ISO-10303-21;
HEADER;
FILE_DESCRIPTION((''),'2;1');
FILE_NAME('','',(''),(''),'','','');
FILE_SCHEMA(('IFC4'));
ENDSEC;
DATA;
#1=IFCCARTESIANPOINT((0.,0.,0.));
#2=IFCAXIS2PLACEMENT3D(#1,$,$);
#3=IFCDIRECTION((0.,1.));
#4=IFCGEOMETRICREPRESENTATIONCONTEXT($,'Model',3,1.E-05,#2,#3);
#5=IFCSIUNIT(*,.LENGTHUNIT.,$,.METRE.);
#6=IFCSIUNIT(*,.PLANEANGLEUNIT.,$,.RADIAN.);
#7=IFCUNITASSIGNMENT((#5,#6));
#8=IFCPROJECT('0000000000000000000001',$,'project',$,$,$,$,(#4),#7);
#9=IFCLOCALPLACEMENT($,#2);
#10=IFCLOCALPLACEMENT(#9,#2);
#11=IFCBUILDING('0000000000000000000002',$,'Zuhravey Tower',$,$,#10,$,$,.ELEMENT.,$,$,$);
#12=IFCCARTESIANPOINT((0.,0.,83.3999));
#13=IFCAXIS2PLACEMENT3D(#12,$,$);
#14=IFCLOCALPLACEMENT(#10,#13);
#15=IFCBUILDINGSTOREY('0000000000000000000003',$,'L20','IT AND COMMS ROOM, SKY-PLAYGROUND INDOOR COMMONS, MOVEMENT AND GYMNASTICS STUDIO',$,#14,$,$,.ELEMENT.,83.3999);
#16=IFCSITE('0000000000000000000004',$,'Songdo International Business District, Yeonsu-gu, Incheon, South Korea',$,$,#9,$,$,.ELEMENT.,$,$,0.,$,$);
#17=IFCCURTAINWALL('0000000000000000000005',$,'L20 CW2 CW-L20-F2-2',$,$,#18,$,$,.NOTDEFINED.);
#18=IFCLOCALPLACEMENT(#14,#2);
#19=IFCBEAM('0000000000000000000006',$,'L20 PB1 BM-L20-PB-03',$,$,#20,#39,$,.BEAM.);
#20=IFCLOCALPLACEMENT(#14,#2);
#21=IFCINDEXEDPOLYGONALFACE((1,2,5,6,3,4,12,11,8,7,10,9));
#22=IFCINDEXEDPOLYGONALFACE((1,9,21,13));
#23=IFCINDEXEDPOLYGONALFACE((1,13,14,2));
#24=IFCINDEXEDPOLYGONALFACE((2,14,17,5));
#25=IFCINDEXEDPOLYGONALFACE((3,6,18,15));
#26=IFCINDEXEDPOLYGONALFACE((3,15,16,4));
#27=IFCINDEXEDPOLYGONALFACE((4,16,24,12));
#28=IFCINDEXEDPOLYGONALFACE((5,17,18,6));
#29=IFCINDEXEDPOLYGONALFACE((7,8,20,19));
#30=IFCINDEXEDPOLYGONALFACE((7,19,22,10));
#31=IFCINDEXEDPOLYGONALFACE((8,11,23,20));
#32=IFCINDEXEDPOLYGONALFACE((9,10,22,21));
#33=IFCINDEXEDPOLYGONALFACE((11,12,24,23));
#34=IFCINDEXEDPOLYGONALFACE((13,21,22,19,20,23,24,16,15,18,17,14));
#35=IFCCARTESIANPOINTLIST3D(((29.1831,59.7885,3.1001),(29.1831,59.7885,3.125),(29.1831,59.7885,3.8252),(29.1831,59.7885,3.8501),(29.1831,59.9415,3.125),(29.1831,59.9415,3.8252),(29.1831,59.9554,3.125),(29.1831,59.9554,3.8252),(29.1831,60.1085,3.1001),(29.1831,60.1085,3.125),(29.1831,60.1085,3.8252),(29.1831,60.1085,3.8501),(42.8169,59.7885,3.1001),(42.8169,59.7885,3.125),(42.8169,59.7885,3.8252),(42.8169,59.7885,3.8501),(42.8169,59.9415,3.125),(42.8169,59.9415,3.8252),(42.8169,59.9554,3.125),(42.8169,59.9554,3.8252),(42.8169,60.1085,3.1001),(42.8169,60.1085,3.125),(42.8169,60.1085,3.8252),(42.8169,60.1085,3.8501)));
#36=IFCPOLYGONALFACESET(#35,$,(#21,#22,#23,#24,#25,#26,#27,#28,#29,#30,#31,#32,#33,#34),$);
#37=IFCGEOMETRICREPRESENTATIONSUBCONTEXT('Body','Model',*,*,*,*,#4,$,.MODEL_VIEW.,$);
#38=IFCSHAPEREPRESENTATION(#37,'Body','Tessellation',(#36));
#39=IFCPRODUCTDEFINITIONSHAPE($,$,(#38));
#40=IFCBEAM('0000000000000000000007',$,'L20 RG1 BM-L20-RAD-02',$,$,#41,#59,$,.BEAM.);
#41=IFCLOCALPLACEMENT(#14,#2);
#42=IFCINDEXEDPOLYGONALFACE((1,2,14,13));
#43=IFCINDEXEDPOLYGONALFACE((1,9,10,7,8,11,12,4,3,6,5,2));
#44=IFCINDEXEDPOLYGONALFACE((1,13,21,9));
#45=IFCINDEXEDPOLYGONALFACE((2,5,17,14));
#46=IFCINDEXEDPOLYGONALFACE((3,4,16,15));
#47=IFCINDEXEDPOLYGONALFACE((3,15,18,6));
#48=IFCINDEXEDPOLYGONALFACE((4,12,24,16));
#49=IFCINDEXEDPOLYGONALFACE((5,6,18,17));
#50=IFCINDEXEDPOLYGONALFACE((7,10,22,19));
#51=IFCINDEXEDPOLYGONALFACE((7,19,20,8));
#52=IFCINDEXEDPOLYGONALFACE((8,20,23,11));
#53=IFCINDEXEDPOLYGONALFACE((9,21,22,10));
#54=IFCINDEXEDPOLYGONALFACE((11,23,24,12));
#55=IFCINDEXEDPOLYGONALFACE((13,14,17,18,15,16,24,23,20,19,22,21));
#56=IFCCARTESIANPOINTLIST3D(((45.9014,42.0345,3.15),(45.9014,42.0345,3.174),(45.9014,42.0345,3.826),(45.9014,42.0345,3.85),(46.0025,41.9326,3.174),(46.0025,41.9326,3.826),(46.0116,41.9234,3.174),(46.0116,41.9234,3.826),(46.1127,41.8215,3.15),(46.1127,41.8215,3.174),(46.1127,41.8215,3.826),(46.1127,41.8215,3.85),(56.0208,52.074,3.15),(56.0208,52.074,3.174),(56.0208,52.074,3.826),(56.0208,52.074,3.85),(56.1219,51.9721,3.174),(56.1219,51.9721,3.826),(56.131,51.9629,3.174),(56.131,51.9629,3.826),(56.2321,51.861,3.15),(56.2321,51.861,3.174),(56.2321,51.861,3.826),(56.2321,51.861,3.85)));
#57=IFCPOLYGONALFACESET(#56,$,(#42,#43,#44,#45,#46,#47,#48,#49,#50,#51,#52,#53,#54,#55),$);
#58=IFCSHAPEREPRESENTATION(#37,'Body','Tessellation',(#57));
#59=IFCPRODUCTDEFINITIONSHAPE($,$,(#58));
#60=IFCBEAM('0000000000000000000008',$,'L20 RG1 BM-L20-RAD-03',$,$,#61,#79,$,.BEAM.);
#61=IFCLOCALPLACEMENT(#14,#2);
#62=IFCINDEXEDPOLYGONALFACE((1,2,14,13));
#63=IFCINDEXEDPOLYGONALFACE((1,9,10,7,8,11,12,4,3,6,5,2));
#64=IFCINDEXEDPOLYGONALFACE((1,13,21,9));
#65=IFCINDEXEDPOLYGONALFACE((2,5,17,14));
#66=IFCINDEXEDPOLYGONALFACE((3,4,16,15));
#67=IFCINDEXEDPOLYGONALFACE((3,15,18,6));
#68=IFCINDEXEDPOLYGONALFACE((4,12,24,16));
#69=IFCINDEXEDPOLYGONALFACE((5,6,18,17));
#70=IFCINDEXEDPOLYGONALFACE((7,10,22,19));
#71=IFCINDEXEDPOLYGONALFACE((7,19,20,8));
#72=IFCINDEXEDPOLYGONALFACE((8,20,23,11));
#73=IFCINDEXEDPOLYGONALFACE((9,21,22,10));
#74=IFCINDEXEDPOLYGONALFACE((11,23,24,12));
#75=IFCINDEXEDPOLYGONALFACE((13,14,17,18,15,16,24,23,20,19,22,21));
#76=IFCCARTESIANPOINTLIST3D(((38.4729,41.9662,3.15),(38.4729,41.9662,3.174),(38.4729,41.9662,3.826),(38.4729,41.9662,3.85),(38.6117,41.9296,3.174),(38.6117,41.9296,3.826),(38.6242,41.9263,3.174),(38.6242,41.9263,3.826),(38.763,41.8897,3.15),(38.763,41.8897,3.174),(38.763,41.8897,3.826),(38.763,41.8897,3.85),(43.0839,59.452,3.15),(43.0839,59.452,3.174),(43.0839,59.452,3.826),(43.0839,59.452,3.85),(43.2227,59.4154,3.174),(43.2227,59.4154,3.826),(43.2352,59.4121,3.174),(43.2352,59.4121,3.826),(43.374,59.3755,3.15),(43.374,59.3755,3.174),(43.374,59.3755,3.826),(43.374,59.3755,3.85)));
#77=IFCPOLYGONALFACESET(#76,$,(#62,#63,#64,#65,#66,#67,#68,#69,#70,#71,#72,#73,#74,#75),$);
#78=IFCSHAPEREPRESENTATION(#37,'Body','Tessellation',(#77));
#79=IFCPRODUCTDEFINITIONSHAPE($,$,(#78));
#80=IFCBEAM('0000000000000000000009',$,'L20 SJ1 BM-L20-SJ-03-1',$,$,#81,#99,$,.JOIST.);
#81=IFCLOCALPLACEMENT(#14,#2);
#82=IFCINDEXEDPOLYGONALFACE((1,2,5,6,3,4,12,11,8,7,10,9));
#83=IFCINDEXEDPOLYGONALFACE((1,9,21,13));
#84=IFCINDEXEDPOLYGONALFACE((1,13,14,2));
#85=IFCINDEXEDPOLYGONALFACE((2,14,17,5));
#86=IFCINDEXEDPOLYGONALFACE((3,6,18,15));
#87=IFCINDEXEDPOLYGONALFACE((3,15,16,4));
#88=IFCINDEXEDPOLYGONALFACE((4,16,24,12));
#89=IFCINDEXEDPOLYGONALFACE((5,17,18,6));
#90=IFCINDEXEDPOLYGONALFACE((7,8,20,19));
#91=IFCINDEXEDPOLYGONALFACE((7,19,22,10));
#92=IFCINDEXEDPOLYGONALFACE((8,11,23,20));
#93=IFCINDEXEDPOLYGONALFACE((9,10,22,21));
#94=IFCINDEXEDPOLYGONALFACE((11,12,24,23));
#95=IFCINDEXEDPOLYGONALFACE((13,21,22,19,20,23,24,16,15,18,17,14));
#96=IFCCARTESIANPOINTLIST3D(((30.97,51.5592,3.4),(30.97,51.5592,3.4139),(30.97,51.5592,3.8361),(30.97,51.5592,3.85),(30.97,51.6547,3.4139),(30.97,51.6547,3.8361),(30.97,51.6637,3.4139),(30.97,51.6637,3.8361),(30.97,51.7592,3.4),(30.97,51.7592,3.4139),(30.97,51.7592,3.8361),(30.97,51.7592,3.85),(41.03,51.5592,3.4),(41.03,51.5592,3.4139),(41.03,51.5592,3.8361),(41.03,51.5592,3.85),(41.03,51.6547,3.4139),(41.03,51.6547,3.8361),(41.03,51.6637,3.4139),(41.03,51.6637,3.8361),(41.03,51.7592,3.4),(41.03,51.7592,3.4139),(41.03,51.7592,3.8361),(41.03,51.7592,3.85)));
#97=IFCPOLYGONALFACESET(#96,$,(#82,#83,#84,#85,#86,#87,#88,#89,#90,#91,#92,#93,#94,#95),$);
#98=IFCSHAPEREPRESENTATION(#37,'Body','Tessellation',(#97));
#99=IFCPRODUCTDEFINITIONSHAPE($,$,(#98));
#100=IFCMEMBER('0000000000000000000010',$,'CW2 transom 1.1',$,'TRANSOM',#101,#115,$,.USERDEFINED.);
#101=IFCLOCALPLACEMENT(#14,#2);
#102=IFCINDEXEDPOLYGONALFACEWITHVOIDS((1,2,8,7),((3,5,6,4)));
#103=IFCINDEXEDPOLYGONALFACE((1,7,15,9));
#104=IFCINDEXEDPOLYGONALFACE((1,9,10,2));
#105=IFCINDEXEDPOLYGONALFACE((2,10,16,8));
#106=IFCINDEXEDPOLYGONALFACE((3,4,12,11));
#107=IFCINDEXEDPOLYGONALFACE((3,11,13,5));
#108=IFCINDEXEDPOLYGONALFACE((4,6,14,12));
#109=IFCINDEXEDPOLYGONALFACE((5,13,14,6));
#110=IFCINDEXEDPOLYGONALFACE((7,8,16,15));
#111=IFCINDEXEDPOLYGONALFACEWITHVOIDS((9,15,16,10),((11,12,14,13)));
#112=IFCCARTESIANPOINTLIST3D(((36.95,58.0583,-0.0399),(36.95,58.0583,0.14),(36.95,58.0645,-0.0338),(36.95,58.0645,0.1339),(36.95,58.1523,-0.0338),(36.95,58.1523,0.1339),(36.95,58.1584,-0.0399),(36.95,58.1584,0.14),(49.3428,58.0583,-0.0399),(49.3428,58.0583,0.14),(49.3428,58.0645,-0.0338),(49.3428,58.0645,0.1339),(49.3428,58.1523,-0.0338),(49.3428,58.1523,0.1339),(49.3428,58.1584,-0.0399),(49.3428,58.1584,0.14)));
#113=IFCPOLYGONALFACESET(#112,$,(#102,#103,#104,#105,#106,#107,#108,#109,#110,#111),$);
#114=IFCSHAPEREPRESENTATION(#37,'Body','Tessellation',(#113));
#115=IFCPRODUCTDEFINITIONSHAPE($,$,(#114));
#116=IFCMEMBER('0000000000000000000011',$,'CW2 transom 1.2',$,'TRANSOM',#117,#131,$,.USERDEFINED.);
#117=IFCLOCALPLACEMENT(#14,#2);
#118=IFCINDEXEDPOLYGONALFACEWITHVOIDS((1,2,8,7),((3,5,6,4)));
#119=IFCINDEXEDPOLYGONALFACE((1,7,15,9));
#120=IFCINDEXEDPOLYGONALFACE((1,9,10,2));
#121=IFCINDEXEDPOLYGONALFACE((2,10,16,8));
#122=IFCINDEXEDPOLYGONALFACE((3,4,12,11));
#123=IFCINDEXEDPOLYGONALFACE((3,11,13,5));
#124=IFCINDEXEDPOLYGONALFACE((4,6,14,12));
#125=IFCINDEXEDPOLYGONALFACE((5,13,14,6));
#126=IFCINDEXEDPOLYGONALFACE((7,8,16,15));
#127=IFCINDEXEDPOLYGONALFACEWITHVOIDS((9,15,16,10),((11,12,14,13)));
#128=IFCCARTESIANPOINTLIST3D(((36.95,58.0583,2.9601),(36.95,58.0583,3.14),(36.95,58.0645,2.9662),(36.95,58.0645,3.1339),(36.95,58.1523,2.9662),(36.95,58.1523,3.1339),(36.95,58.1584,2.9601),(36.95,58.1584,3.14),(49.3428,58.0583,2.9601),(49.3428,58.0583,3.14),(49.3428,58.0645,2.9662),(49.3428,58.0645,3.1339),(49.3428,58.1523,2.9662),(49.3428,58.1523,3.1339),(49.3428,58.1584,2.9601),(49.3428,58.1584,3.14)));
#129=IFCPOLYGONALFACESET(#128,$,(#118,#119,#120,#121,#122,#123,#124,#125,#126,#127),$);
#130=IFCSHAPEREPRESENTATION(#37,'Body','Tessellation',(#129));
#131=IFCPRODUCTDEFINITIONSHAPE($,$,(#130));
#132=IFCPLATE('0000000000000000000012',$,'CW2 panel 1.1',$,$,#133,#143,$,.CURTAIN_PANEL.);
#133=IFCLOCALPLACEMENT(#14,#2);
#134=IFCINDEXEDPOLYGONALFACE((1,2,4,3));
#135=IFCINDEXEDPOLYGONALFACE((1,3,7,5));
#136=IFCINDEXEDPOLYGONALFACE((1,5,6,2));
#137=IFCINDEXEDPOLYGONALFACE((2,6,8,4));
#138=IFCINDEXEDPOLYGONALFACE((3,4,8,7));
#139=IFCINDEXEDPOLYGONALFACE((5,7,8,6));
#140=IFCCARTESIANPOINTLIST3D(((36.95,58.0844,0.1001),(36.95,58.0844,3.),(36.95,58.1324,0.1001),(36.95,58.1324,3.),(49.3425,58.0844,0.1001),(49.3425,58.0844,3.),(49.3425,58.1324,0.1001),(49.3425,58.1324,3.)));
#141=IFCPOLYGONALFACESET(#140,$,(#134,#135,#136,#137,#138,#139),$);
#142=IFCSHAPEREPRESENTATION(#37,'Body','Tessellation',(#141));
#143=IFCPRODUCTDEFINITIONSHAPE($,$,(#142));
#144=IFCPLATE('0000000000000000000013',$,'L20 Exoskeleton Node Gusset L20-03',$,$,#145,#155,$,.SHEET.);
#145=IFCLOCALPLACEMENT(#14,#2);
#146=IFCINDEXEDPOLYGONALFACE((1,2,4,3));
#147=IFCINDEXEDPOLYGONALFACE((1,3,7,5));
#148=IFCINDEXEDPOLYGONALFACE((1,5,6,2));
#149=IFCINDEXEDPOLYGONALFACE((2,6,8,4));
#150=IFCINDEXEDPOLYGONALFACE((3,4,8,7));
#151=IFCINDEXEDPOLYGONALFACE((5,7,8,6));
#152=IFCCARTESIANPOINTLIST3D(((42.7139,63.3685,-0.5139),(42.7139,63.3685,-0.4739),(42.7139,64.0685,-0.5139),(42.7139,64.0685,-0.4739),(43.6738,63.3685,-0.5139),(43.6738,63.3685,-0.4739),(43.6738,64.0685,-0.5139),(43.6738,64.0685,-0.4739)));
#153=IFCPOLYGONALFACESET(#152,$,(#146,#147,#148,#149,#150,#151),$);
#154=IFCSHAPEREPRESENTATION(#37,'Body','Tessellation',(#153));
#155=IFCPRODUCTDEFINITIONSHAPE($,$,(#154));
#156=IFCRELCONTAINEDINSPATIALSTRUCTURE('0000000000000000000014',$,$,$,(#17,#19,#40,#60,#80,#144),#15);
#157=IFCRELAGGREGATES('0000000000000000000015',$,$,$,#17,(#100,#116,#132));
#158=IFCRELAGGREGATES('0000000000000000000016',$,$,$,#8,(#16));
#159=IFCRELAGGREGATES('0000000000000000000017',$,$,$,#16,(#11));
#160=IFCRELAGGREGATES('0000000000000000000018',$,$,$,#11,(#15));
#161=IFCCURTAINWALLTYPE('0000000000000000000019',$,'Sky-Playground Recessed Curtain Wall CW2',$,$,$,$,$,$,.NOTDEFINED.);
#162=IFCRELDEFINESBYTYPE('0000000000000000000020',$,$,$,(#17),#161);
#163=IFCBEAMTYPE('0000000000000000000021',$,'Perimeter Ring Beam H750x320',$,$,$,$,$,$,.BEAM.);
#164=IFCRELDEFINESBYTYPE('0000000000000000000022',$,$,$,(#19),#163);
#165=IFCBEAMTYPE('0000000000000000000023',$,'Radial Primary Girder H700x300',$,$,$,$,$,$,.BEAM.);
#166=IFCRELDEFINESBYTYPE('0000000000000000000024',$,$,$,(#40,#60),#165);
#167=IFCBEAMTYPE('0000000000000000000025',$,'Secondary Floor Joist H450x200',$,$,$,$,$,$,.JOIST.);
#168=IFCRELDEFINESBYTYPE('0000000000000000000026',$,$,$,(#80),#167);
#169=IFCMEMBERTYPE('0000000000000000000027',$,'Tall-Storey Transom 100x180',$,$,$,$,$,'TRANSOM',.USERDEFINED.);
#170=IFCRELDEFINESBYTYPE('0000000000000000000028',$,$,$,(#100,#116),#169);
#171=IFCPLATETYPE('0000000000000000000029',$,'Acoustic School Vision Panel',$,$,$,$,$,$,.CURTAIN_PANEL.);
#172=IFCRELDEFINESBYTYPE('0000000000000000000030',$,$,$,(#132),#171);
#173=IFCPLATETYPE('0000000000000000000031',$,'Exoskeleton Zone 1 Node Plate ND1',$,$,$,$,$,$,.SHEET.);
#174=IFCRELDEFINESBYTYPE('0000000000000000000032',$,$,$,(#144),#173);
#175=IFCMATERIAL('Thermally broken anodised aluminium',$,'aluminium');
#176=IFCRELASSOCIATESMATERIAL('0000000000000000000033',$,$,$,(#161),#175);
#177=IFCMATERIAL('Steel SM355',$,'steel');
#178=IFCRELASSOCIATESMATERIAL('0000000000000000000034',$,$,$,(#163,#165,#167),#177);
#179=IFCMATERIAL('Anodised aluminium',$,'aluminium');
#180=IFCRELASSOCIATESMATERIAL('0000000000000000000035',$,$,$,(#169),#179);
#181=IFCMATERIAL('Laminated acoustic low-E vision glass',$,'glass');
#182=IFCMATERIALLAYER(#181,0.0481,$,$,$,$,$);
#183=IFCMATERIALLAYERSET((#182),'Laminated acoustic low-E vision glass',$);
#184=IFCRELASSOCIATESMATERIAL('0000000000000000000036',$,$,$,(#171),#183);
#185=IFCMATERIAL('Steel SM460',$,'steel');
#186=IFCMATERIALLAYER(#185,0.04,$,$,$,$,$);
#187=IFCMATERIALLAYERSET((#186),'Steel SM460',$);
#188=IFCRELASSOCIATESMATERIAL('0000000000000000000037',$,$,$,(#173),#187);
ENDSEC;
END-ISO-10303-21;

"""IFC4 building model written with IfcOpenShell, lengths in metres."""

from ifc_helpers import new_model, si_unit, direction, frame, origin, origin_2d, place, context, subcontext, project, spatial, rectangle, hollow_rectangle, i_section, extrude, material, layer, layer_set, material_profile, profile_set, type_object, element, aggregate, save


model = new_model("IFC4")

# Units and contexts
model_context = context("Model", 3, precision=1e-05, world=origin(), true_north=direction((0.0, 1.0)))
body_context = subcontext(model_context, "Body", "Model", "MODEL_VIEW")
ifc_project = project(units=[si_unit("LENGTHUNIT", "METRE"), si_unit("PLANEANGLEUNIT", "RADIAN")], contexts=[model_context])

# Site, building, storey
site_placement = place(None, origin())
site = spatial("IfcSite", under=ifc_project, at=site_placement, Name="Songdo International Business District, Yeonsu-gu, Incheon, South Korea", CompositionType="ELEMENT", RefElevation=0.0)
building_placement = place(site_placement, origin())
building = spatial("IfcBuilding", under=site, at=building_placement, Name="Zuhravey Tower", CompositionType="ELEMENT")
storey_placement = place(building_placement, frame((0.0, 0.0, 83.3999)))
storey = spatial("IfcBuildingStorey", under=building, at=storey_placement, Name="L20", Description="IT AND COMMS ROOM, SKY-PLAYGROUND INDOOR COMMONS, MOVEMENT AND GYMNASTICS STUDIO", CompositionType="ELEMENT", Elevation=83.3999)

# Shared definitions
ifc_material_1 = material(Name="Steel SM460", Category="steel")

# Curtain wall
ifc_material_2 = material(Name="Thermally broken anodised aluminium", Category="aluminium")
curtain_wall_type = type_object("IfcCurtainWallType", Name="Sky-Playground Recessed Curtain Wall CW2", PredefinedType="NOTDEFINED", material=ifc_material_2)
curtain_wall_placement = place(storey_placement, origin())
curtain_wall = element("IfcCurtainWall", 1, at=curtain_wall_placement, inside=storey, type_object=curtain_wall_type, Name="L20 CW2 CW-L20-F2-2", PredefinedType="NOTDEFINED")
ifc_material_3 = material(Name="Anodised aluminium", Category="aluminium")

# Beams
ifc_material_4 = material(Name="Steel SM355", Category="steel")
ifc_material_profile_1 = material_profile(ifc_material_4, i_section(OverallWidth=0.3201, OverallDepth=0.75, WebThickness=0.0139, FlangeThickness=0.0249, at=origin_2d()), Name="H-750x320x14x25")
ifc_profile_set_1 = profile_set([ifc_material_profile_1], Name="Steel SM355")
beam_type_1 = type_object("IfcBeamType", Name="Perimeter Ring Beam H750x320", PredefinedType="BEAM", material=ifc_profile_set_1)
beam_1_placement = place(storey_placement, frame((42.8169, 59.9485, 3.4751), z_axis=(-1.0, 0.0, 0.0), x_axis=(0.0, -1.0, 0.0)))
element("IfcBeam", 2, at=beam_1_placement, inside=storey, type_object=beam_type_1, Name="L20 PB1 BM-L20-PB-03", PredefinedType="BEAM", context=body_context, shape_type="SweptSolid", body=[
    extrude(i_section(OverallWidth=0.3201, OverallDepth=0.75, WebThickness=0.0139, FlangeThickness=0.0249, at=origin_2d()), origin(), (0.0, 0.0, 1.0), 13.6338),
])
ifc_material_profile_2 = material_profile(ifc_material_4, i_section(OverallWidth=0.3, OverallDepth=0.7, WebThickness=0.0129, FlangeThickness=0.0239, at=origin_2d()), Name="H-700x300x13x24")
ifc_profile_set_2 = profile_set([ifc_material_profile_2], Name="Steel SM355")
beam_type_2 = type_object("IfcBeamType", Name="Radial Primary Girder H700x300", PredefinedType="BEAM", material=ifc_profile_set_2)
beam_2_placement = place(storey_placement, frame((46.0071, 41.928, 3.5), z_axis=(0.709902, 0.704301, 0.0), x_axis=(-0.704301, 0.709902, 0.0)))
element("IfcBeam", 3, at=beam_2_placement, inside=storey, type_object=beam_type_2, Name="L20 RG1 BM-L20-RAD-02", PredefinedType="BEAM", context=body_context, shape_type="SweptSolid", body=[
    extrude(i_section(OverallWidth=0.3, OverallDepth=0.7, WebThickness=0.0129, FlangeThickness=0.0239, at=origin_2d()), origin(), (0.0, 0.0, 1.0), 14.2546),
])
beam_3_placement = place(storey_placement, frame((38.6179, 41.928, 3.5), z_axis=(0.254987, 0.966944, 0.0), x_axis=(-0.966944, 0.254987, 0.0)))
element("IfcBeam", 4, at=beam_3_placement, inside=storey, type_object=beam_type_2, Name="L20 RG1 BM-L20-RAD-03", PredefinedType="BEAM", context=body_context, shape_type="SweptSolid", body=[
    extrude(i_section(OverallWidth=0.3, OverallDepth=0.7, WebThickness=0.0129, FlangeThickness=0.0239, at=origin_2d()), origin(), (0.0, 0.0, 1.0), 18.0835),
])
ifc_material_profile_3 = material_profile(ifc_material_4, i_section(OverallWidth=0.2, OverallDepth=0.45, WebThickness=0.009, FlangeThickness=0.0139, at=origin_2d()), Name="H-450x200x9x14")
ifc_profile_set_3 = profile_set([ifc_material_profile_3], Name="Steel SM355")
beam_type_3 = type_object("IfcBeamType", Name="Secondary Floor Joist H450x200", PredefinedType="JOIST", material=ifc_profile_set_3)
beam_4_placement = place(storey_placement, frame((41.03, 51.6592, 3.625), z_axis=(-1.0, 0.0, 0.0), x_axis=(0.0, -1.0, 0.0)))
element("IfcBeam", 5, at=beam_4_placement, inside=storey, type_object=beam_type_3, Name="L20 SJ1 BM-L20-SJ-03-1", PredefinedType="JOIST", context=body_context, shape_type="SweptSolid", body=[
    extrude(i_section(OverallWidth=0.2, OverallDepth=0.45, WebThickness=0.009, FlangeThickness=0.0139, at=origin_2d()), origin(), (0.0, 0.0, 1.0), 10.0601),
])

# Members
ifc_material_profile_4 = material_profile(ifc_material_3, hollow_rectangle(XDim=0.1001, YDim=0.1799, WallThickness=0.0061, at=origin_2d()), Name="ALU-RHS-100x180x6")
ifc_profile_set_4 = profile_set([ifc_material_profile_4], Name="Anodised aluminium")
member_type_1 = type_object("IfcMemberType", Name="Tall-Storey Transom 100x180", ElementType="TRANSOM", PredefinedType="USERDEFINED", material=ifc_profile_set_4)
member_1_placement = place(storey_placement, frame((36.95, 58.1084, 0.05), z_axis=(1.0, 0.0, 0.0), x_axis=(0.0, 1.0, 0.0)))
member_1 = element("IfcMember", 6, at=member_1_placement, type_object=member_type_1, Name="CW2 transom 1.1", ObjectType="TRANSOM", PredefinedType="USERDEFINED", context=body_context, shape_type="SweptSolid", body=[
    extrude(hollow_rectangle(XDim=0.1001, YDim=0.1799, WallThickness=0.0061, at=origin_2d()), origin(), (0.0, 0.0, 1.0), 12.3928),
])
member_2_placement = place(storey_placement, frame((36.95, 58.1084, 3.05), z_axis=(1.0, 0.0, 0.0), x_axis=(0.0, 1.0, 0.0)))
member_2 = element("IfcMember", 7, at=member_2_placement, type_object=member_type_1, Name="CW2 transom 1.2", ObjectType="TRANSOM", PredefinedType="USERDEFINED", context=body_context, shape_type="SweptSolid", body=[
    extrude(hollow_rectangle(XDim=0.1001, YDim=0.1799, WallThickness=0.0061, at=origin_2d()), origin(), (0.0, 0.0, 1.0), 12.3928),
])

# Plates
ifc_material_5 = material(Name="Laminated acoustic low-E vision glass", Category="glass")
ifc_layer_1 = layer(ifc_material_5, 0.0481)
ifc_layer_set_1 = layer_set([ifc_layer_1], Name="Laminated acoustic low-E vision glass")
plate_type_1 = type_object("IfcPlateType", Name="Acoustic School Vision Panel", PredefinedType="CURTAIN_PANEL", material=ifc_layer_set_1)
plate_1_placement = place(storey_placement, frame((43.1462, 58.1084, 0.1001), z_axis=(0.0, 0.0, 1.0), x_axis=(1.0, 0.0, 0.0)))
plate_1 = element("IfcPlate", 8, at=plate_1_placement, type_object=plate_type_1, Name="CW2 panel 1.1", PredefinedType="CURTAIN_PANEL", context=body_context, shape_type="SweptSolid", body=[
    extrude(rectangle(XDim=12.3926, YDim=0.0481, at=origin_2d()), origin(), (0.0, 0.0, 1.0), 2.8999),
])
aggregate(curtain_wall, [member_1, member_2, plate_1])
ifc_layer_2 = layer(ifc_material_1, 0.04)
ifc_layer_set_2 = layer_set([ifc_layer_2], Name="Steel SM460")
plate_type_2 = type_object("IfcPlateType", Name="Exoskeleton Zone 1 Node Plate ND1", PredefinedType="SHEET", material=ifc_layer_set_2)
plate_2_placement = place(storey_placement, frame((43.1938, 63.7185, -0.5139), z_axis=(0.0, 0.0, 1.0), x_axis=(-1.0, 0.0, 0.0)))
element("IfcPlate", 9, at=plate_2_placement, inside=storey, type_object=plate_type_2, Name="L20 Exoskeleton Node Gusset L20-03", PredefinedType="SHEET", context=body_context, shape_type="SweptSolid", body=[
    extrude(rectangle(XDim=0.96, YDim=0.7, at=origin_2d()), origin(), (0.0, 0.0, 1.0), 0.04),
])

save(model, "model.ifc")
